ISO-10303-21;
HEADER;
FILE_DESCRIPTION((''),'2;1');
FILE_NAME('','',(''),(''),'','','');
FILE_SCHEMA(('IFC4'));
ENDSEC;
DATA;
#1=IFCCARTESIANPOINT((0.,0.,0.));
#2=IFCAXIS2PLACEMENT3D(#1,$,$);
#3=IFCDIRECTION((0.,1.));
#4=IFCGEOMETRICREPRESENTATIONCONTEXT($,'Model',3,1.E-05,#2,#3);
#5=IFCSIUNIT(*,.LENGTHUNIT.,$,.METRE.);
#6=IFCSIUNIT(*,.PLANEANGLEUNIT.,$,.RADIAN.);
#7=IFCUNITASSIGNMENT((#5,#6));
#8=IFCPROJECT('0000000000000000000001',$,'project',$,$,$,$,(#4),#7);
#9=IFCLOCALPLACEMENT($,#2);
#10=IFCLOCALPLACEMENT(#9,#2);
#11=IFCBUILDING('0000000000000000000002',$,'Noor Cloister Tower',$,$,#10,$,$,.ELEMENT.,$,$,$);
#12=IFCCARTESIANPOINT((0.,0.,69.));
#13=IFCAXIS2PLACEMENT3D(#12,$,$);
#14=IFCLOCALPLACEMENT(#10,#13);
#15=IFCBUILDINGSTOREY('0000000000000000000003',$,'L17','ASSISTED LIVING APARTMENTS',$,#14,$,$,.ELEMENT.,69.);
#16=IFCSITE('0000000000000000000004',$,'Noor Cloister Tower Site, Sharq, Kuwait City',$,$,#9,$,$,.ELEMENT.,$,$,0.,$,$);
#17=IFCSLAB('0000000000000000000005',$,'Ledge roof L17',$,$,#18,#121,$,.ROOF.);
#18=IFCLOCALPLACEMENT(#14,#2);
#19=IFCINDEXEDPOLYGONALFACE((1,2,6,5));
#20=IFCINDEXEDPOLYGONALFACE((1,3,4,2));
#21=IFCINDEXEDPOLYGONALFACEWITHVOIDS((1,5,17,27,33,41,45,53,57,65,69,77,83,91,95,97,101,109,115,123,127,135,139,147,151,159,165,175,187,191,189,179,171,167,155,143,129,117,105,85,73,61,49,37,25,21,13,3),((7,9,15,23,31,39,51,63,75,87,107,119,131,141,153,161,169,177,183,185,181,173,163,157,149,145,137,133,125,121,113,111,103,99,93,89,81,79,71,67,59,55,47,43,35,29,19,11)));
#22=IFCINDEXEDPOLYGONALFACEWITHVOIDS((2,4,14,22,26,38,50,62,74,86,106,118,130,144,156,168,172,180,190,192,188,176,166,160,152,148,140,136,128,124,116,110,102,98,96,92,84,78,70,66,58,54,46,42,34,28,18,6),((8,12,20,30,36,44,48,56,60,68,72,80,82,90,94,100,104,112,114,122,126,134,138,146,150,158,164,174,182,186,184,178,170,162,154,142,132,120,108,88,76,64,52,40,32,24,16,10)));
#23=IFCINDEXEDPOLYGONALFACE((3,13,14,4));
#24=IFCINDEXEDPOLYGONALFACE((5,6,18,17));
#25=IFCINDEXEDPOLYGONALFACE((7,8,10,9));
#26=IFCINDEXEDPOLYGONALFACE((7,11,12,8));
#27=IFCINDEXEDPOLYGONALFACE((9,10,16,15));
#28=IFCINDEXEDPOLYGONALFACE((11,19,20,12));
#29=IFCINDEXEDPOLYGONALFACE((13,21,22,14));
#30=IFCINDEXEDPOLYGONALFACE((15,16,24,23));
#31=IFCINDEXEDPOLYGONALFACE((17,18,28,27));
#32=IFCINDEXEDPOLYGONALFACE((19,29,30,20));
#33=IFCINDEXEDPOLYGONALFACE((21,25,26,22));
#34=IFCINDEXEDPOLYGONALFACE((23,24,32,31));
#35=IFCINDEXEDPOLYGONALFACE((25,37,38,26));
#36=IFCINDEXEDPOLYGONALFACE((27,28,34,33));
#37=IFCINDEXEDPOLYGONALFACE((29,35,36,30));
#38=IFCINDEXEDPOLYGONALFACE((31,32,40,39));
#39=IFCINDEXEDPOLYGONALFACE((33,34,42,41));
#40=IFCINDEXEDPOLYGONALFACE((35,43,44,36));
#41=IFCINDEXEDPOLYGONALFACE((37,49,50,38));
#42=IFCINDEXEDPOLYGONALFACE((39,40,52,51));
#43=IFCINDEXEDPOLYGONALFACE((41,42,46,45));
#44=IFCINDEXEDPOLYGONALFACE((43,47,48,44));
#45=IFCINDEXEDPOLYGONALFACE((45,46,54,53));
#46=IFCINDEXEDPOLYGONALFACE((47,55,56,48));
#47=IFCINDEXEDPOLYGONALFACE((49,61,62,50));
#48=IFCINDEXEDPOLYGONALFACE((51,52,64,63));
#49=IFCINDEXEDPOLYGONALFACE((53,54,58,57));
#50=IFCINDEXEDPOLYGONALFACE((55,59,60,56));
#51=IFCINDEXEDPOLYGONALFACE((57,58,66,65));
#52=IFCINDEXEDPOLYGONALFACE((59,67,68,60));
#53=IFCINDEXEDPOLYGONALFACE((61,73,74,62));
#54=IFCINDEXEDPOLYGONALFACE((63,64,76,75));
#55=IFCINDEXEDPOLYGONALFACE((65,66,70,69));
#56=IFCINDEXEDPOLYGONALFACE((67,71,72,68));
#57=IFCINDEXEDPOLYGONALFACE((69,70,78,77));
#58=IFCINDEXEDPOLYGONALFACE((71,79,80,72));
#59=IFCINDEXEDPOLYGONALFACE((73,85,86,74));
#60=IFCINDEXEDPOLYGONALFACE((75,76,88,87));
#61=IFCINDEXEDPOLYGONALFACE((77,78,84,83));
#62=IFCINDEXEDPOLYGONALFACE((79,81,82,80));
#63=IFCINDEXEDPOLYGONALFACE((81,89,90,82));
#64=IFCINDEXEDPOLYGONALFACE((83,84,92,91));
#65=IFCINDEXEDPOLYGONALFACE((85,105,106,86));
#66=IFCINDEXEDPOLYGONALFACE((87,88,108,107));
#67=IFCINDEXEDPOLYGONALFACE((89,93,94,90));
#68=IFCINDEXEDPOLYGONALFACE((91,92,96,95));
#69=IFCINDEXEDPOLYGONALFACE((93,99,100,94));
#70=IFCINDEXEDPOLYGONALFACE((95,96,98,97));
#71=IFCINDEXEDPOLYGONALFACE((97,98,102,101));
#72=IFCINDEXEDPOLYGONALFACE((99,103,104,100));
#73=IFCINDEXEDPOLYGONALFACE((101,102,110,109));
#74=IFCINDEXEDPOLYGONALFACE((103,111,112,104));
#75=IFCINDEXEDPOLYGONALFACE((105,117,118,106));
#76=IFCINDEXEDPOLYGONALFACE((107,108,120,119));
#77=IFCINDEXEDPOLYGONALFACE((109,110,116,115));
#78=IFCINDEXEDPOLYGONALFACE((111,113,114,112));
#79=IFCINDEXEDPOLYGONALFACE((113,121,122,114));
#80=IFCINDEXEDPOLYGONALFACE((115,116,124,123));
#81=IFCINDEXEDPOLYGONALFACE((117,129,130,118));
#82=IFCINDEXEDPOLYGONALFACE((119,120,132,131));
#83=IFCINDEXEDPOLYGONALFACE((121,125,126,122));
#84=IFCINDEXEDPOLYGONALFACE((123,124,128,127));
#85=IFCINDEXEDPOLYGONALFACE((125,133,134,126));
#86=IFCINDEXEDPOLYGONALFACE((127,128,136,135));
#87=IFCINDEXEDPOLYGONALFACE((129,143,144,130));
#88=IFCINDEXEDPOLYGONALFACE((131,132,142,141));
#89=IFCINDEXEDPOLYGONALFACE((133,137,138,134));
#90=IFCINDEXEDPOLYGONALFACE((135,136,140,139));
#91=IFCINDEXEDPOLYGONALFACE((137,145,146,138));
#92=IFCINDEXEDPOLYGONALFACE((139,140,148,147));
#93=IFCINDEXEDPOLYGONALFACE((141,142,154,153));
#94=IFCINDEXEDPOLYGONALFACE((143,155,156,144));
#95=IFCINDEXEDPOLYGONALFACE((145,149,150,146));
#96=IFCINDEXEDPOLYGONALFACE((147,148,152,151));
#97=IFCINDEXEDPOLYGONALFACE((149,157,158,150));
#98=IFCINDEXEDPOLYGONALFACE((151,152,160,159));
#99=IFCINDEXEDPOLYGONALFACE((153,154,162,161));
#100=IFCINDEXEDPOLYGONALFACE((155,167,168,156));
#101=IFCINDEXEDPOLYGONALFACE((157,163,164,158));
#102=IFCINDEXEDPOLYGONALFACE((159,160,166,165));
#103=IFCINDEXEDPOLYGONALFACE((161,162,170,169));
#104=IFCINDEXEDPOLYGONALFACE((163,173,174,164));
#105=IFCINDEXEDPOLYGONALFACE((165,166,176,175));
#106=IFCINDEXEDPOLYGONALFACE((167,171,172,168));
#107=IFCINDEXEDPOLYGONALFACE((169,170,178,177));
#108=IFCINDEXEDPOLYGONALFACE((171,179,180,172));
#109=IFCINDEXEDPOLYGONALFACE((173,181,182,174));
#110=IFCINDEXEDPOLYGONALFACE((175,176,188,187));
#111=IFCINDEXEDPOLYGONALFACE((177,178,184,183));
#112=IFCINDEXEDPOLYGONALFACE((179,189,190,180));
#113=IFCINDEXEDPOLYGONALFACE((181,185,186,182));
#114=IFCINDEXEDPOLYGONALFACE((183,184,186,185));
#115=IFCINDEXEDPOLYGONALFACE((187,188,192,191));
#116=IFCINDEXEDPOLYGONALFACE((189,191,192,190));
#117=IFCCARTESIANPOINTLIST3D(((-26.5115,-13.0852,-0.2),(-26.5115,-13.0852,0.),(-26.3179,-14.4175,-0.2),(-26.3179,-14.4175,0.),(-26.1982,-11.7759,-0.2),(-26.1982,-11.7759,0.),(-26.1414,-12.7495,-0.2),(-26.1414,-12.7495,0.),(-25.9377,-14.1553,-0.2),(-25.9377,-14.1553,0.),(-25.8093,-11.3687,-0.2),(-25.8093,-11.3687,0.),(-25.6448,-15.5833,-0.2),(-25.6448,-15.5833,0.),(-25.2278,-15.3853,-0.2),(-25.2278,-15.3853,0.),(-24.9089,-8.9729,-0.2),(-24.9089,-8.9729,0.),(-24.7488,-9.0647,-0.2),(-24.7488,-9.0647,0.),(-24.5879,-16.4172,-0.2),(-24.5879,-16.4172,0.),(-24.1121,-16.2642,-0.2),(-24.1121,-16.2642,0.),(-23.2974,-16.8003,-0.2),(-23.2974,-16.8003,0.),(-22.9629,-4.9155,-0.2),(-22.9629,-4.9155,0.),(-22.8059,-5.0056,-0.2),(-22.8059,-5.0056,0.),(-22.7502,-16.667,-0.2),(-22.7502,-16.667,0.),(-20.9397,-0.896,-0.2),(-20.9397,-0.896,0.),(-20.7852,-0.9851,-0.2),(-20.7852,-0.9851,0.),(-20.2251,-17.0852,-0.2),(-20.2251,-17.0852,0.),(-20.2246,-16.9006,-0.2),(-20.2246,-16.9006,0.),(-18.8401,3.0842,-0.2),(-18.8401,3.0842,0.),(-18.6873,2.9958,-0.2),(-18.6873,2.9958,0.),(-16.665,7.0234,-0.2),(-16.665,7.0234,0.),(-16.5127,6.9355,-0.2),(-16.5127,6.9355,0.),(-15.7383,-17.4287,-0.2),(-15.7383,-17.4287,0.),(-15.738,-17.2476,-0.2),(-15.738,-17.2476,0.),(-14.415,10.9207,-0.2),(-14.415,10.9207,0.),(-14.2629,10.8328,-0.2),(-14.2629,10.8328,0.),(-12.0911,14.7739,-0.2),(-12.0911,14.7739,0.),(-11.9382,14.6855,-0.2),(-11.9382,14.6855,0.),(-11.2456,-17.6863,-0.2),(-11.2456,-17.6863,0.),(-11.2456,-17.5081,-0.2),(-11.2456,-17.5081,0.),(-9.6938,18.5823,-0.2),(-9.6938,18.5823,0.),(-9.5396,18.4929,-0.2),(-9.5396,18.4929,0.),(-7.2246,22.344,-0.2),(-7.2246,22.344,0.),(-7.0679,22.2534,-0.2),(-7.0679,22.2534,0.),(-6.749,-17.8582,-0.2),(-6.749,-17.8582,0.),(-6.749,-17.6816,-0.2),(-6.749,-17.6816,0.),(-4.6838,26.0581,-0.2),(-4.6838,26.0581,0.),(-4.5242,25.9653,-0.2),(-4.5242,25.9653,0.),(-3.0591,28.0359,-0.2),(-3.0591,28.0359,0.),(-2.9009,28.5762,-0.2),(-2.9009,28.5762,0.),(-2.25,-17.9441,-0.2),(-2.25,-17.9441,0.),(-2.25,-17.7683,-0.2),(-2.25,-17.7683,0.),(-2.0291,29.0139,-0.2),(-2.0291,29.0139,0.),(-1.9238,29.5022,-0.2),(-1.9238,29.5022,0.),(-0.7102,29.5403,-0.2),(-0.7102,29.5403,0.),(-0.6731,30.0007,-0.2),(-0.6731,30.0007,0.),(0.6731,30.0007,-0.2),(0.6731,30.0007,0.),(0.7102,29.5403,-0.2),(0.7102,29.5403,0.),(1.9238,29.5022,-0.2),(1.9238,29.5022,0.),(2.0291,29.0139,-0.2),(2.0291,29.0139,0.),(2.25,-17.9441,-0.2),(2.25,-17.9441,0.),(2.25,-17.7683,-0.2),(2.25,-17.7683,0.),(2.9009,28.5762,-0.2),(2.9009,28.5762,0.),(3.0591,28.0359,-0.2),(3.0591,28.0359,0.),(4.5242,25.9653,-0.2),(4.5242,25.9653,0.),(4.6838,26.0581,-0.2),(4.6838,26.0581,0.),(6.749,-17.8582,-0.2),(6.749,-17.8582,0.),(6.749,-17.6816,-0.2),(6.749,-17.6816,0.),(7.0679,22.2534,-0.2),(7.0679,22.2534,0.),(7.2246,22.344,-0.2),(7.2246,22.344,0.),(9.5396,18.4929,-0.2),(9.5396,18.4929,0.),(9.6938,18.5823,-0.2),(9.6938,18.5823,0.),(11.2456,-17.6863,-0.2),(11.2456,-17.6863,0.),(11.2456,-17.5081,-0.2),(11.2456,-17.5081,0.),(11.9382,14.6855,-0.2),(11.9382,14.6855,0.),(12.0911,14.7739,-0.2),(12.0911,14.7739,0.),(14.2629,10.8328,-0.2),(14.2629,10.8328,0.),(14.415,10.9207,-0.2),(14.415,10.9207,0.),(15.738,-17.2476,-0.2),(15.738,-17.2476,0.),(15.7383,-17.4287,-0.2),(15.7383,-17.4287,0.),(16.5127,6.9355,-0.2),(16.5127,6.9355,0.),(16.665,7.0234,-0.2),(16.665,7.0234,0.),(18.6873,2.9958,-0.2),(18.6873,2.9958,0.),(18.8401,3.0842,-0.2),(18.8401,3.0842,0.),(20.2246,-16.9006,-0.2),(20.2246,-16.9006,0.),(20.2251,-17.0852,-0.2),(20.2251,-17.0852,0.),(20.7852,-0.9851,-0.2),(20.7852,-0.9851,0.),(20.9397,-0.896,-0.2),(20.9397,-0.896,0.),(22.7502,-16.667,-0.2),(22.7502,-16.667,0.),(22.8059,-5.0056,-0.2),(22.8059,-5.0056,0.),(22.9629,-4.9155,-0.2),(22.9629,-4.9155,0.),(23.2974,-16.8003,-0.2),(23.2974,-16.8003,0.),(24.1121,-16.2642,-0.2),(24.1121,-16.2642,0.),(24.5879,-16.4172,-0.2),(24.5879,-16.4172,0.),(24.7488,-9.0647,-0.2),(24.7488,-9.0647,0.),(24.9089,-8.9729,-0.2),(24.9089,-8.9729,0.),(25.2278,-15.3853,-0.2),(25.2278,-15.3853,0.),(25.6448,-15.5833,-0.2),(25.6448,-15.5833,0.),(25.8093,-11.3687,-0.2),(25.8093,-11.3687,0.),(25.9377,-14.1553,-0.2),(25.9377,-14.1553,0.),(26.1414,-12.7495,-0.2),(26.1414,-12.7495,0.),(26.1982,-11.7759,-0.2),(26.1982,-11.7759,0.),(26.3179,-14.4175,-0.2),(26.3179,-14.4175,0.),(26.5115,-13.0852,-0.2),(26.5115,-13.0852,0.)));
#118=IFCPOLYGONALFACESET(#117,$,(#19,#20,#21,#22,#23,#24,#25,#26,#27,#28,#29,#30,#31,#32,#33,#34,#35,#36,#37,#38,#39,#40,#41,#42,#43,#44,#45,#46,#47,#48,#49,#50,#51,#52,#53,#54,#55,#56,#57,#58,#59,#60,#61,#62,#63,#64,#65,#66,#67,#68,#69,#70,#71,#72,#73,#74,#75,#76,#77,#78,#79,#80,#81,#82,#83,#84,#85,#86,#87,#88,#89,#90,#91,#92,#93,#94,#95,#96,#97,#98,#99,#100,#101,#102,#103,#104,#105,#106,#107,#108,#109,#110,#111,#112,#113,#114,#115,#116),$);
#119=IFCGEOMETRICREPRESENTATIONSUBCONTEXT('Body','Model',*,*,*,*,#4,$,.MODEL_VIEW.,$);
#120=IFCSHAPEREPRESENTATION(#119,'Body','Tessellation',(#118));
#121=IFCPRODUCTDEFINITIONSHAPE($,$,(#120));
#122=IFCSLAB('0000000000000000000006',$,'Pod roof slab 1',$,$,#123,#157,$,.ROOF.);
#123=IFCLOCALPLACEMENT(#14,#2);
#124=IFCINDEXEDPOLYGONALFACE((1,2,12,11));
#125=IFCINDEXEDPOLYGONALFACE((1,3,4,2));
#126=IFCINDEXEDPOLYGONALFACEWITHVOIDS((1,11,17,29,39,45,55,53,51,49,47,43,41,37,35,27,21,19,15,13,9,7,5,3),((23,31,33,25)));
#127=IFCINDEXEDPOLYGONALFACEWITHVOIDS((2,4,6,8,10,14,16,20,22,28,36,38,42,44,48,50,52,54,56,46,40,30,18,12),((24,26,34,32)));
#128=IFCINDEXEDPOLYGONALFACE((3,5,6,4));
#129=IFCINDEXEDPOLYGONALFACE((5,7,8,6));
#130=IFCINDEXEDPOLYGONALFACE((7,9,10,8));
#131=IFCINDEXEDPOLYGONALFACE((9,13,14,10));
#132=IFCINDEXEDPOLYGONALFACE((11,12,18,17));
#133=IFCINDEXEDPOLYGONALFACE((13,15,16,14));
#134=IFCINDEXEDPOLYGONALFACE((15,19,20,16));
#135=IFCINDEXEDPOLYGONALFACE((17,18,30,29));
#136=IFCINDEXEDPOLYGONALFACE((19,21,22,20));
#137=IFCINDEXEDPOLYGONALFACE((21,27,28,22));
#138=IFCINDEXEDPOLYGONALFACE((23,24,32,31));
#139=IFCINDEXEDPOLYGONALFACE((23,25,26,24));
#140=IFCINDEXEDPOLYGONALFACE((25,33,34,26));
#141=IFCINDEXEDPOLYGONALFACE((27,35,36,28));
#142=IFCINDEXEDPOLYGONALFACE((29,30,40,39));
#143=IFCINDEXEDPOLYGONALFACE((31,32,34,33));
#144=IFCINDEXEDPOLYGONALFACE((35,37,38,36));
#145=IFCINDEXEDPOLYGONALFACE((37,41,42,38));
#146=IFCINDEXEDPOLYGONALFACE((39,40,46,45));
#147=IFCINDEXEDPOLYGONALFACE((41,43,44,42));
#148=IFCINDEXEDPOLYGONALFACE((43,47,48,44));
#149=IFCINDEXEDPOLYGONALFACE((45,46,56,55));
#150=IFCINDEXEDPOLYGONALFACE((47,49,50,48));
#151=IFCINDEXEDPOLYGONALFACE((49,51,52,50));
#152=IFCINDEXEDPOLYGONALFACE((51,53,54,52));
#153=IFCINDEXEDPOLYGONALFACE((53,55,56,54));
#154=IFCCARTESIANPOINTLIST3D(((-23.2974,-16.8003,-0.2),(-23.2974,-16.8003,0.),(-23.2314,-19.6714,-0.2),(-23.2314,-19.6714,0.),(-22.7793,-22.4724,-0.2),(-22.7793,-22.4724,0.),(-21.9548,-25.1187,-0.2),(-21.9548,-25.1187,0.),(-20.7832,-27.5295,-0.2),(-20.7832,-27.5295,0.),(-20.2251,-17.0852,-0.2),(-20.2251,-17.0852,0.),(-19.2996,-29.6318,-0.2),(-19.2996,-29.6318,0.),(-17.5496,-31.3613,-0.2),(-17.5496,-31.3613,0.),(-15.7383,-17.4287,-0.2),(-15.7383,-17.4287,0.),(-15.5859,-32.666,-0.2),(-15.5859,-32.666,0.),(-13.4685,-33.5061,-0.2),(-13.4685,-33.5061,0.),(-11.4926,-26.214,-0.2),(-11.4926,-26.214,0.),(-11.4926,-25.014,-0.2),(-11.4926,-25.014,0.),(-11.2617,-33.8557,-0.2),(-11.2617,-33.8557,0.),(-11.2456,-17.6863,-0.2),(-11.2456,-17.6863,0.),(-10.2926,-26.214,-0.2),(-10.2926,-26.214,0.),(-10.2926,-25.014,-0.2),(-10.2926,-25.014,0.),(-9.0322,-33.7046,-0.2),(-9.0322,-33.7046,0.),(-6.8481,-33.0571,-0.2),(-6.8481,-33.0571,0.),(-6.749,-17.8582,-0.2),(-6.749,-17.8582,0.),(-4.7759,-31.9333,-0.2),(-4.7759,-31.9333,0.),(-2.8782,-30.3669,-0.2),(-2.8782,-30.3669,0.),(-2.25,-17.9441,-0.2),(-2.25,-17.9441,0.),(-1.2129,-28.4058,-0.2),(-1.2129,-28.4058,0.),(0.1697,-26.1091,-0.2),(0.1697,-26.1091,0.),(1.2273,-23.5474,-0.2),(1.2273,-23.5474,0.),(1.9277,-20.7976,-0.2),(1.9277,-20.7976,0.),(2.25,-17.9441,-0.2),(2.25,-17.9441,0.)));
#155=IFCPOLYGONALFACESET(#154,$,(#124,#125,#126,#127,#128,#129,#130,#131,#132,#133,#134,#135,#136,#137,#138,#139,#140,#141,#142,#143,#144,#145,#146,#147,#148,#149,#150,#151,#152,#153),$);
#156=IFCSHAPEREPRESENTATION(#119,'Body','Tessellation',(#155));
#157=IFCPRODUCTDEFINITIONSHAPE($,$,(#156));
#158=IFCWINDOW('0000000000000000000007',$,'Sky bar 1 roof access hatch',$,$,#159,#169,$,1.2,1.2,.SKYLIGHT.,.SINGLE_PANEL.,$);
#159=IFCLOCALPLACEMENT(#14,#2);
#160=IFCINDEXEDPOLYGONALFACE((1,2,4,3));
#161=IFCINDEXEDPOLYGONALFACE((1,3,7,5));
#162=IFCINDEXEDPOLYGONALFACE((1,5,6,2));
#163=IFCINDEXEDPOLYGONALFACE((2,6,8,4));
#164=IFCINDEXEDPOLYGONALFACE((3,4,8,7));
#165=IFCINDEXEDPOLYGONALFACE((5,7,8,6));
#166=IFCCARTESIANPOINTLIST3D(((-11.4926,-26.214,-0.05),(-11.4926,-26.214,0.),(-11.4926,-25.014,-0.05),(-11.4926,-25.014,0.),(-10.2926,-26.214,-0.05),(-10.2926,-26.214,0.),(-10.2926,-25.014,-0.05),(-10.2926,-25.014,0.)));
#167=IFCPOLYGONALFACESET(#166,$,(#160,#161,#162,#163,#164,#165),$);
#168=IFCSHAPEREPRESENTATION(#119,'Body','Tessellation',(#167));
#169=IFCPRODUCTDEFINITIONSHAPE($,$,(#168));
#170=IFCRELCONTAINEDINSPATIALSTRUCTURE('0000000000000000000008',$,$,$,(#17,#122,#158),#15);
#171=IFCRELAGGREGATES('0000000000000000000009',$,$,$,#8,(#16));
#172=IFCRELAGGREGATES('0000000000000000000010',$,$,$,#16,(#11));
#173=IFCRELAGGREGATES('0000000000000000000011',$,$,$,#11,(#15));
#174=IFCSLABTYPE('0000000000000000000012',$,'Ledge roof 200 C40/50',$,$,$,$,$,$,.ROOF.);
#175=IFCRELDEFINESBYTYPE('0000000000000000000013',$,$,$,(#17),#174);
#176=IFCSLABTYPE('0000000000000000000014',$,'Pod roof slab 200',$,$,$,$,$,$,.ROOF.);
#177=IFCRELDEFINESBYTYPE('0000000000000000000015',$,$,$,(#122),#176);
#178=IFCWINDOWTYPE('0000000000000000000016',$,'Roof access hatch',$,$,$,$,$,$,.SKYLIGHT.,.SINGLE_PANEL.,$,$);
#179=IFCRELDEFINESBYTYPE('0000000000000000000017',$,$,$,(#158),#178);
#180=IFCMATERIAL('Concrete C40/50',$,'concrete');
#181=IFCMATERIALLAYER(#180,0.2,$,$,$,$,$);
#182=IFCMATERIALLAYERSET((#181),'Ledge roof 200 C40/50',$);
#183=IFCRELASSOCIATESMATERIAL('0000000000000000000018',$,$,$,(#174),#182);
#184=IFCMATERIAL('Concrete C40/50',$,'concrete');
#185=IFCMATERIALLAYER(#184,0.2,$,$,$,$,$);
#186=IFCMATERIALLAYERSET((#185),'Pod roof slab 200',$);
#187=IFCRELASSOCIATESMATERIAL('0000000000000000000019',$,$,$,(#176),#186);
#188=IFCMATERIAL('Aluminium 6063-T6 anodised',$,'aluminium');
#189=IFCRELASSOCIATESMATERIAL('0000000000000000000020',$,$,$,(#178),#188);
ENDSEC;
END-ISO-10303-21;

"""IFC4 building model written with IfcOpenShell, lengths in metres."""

from ifc_helpers import new_model, si_unit, direction, frame, origin, origin_2d, place, context, subcontext, project, spatial, polyline, rectangle, outline, extrude, material, layer, layer_set, type_object, element, fill, save


model = new_model("IFC4")

# Units and contexts
model_context = context("Model", 3, precision=1e-05, world=origin(), true_north=direction((0.0, 1.0)))
body_context = subcontext(model_context, "Body", "Model", "MODEL_VIEW")
ifc_project = project(units=[si_unit("LENGTHUNIT", "METRE"), si_unit("PLANEANGLEUNIT", "RADIAN")], contexts=[model_context])

# Site, building, storey
site_placement = place(None, origin())
site = spatial("IfcSite", under=ifc_project, at=site_placement, Name="Noor Cloister Tower Site, Sharq, Kuwait City", CompositionType="ELEMENT", RefElevation=0.0)
building_placement = place(site_placement, origin())
building = spatial("IfcBuilding", under=site, at=building_placement, Name="Noor Cloister Tower", CompositionType="ELEMENT")
storey_placement = place(building_placement, frame((0.0, 0.0, 69.0)))
storey = spatial("IfcBuildingStorey", under=building, at=storey_placement, Name="L17", Description="ASSISTED LIVING APARTMENTS", CompositionType="ELEMENT", Elevation=69.0)

# Slab
ifc_material_1 = material(Name="Concrete C40/50", Category="concrete")
ifc_layer_1 = layer(ifc_material_1, 0.2)
ifc_layer_set_1 = layer_set([ifc_layer_1], Name="Ledge roof 200 C40/50")
slab_type_1 = type_object("IfcSlabType", Name="Ledge roof 200 C40/50", PredefinedType="ROOF", material=ifc_layer_set_1)
slab_1_placement = place(storey_placement, frame((0.0, 0.0, -0.2)))
element("IfcSlab", 1, at=slab_1_placement, inside=storey, type_object=slab_type_1, Name="Ledge roof L17", PredefinedType="ROOF", context=body_context, shape_type="SweptSolid", body=[
    extrude(outline(polyline([(4.6838, 26.0581), (2.9009, 28.5762), (1.9238, 29.5022), (0.6731, 30.0007), (-0.6731, 30.0007), (-1.9238, 29.5022), (-2.9009, 28.5762), (-4.6838, 26.0581), (-7.2246, 22.344), (-9.6938, 18.5823), (-12.0911, 14.7739), (-14.415, 10.9207), (-16.665, 7.0234), (-18.8401, 3.0842), (-20.9397, -0.896), (-22.9629, -4.9155), (-24.9089, -8.9729), (-26.1982, -11.7759), (-26.5115, -13.0852), (-26.3179, -14.4175), (-25.6448, -15.5833), (-24.5879, -16.4172), (-23.2974, -16.8003), (-20.2251, -17.0852), (-15.7383, -17.4287), (-11.2456, -17.6863), (-6.749, -17.8582), (-2.25, -17.9441), (2.25, -17.9441), (6.749, -17.8582), (11.2456, -17.6863), (15.7383, -17.4287), (20.2251, -17.0852), (23.2974, -16.8003), (24.5879, -16.4172), (25.6448, -15.5833), (26.3179, -14.4175), (26.5115, -13.0852), (26.1982, -11.7759), (24.9089, -8.9729), (22.9629, -4.9155), (20.9397, -0.896), (18.8401, 3.0842), (16.665, 7.0234), (14.415, 10.9207), (12.0911, 14.7739), (9.6938, 18.5823), (7.2246, 22.344), (4.6838, 26.0581)]), holes=[polyline([(0.7102, 29.5403), (-0.7102, 29.5403), (-2.0291, 29.0139), (-3.0591, 28.0359), (-4.5242, 25.9653), (-7.0679, 22.2534), (-9.5396, 18.4929), (-11.9382, 14.6855), (-14.2629, 10.8328), (-16.5127, 6.9355), (-18.6873, 2.9958), (-20.7852, -0.9851), (-22.8059, -5.0056), (-24.7488, -9.0647), (-25.8093, -11.3687), (-26.1414, -12.7495), (-25.9377, -14.1553), (-25.2278, -15.3853), (-24.1121, -16.2642), (-22.7502, -16.667), (-20.2246, -16.9006), (-15.738, -17.2476), (-11.2456, -17.5081), (-6.749, -17.6816), (-2.25, -17.7683), (2.25, -17.7683), (6.749, -17.6816), (11.2456, -17.5081), (15.738, -17.2476), (20.2246, -16.9006), (22.7502, -16.667), (24.1121, -16.2642), (25.2278, -15.3853), (25.9377, -14.1553), (26.1414, -12.7495), (25.8093, -11.3687), (24.7488, -9.0647), (22.8059, -5.0056), (20.7852, -0.9851), (18.6873, 2.9958), (16.5127, 6.9355), (14.2629, 10.8328), (11.9382, 14.6855), (9.5396, 18.4929), (7.0679, 22.2534), (4.5242, 25.9653), (3.0591, 28.0359), (2.0291, 29.0139), (0.7102, 29.5403)])]), origin(), (0.0, 0.0, 1.0), 0.2),
])

# Slab, opening, window
ifc_material_2 = material(Name="Concrete C40/50", Category="concrete")
ifc_layer_2 = layer(ifc_material_2, 0.2)
ifc_layer_set_2 = layer_set([ifc_layer_2], Name="Pod roof slab 200")
slab_type_2 = type_object("IfcSlabType", Name="Pod roof slab 200", PredefinedType="ROOF", material=ifc_layer_set_2)
slab_2_placement = place(storey_placement, frame((0.0, 0.0, -0.2)))
slab_2 = element("IfcSlab", 2, at=slab_2_placement, inside=storey, type_object=slab_type_2, Name="Pod roof slab 1", PredefinedType="ROOF", context=body_context, shape_type="SweptSolid", body=[
    extrude(outline(polyline([(-23.2974, -16.8003), (-23.2314, -19.6714), (-22.7793, -22.4724), (-21.9548, -25.1187), (-20.7832, -27.5295), (-19.2996, -29.6318), (-17.5496, -31.3613), (-15.5859, -32.666), (-13.4685, -33.5061), (-11.2617, -33.8557), (-9.0322, -33.7046), (-6.8481, -33.0571), (-4.7759, -31.9333), (-2.8782, -30.3669), (-1.2129, -28.4058), (0.1697, -26.1091), (1.2273, -23.5474), (1.9277, -20.7976), (2.25, -17.9441), (-2.25, -17.9441), (-6.749, -17.8582), (-11.2456, -17.6863), (-15.7383, -17.4287), (-20.2251, -17.0852), (-23.2974, -16.8003)])), origin(), (0.0, 0.0, 1.0), 0.2),
])
opening_1_placement = place(slab_2_placement, frame((-10.8926, -25.614, 0.0)))
opening_1 = element("IfcOpeningElement", 3, at=opening_1_placement, cuts=slab_2, PredefinedType="OPENING", context=body_context, shape_type="SweptSolid", body=[
    extrude(rectangle(XDim=1.2, YDim=1.2, at=origin_2d()), origin(), (0.0, 0.0, 1.0), 0.2),
])
ifc_material_3 = material(Name="Aluminium 6063-T6 anodised", Category="aluminium")
window_type = type_object("IfcWindowType", Name="Roof access hatch", PartitioningType="SINGLE_PANEL", PredefinedType="SKYLIGHT", material=ifc_material_3)
window_placement = place(opening_1_placement, frame((0.0, 0.0, 0.1499)))
window = element("IfcWindow", 4, at=window_placement, inside=storey, type_object=window_type, Name="Sky bar 1 roof access hatch", OverallHeight=1.2, OverallWidth=1.2, PartitioningType="SINGLE_PANEL", PredefinedType="SKYLIGHT", context=body_context, shape_type="SweptSolid", body=[
    extrude(rectangle(XDim=1.2, YDim=1.2, at=origin_2d()), origin(), (0.0, 0.0, 1.0), 0.05),
])
fill(opening_1, window)

save(model, "model.ifc")
